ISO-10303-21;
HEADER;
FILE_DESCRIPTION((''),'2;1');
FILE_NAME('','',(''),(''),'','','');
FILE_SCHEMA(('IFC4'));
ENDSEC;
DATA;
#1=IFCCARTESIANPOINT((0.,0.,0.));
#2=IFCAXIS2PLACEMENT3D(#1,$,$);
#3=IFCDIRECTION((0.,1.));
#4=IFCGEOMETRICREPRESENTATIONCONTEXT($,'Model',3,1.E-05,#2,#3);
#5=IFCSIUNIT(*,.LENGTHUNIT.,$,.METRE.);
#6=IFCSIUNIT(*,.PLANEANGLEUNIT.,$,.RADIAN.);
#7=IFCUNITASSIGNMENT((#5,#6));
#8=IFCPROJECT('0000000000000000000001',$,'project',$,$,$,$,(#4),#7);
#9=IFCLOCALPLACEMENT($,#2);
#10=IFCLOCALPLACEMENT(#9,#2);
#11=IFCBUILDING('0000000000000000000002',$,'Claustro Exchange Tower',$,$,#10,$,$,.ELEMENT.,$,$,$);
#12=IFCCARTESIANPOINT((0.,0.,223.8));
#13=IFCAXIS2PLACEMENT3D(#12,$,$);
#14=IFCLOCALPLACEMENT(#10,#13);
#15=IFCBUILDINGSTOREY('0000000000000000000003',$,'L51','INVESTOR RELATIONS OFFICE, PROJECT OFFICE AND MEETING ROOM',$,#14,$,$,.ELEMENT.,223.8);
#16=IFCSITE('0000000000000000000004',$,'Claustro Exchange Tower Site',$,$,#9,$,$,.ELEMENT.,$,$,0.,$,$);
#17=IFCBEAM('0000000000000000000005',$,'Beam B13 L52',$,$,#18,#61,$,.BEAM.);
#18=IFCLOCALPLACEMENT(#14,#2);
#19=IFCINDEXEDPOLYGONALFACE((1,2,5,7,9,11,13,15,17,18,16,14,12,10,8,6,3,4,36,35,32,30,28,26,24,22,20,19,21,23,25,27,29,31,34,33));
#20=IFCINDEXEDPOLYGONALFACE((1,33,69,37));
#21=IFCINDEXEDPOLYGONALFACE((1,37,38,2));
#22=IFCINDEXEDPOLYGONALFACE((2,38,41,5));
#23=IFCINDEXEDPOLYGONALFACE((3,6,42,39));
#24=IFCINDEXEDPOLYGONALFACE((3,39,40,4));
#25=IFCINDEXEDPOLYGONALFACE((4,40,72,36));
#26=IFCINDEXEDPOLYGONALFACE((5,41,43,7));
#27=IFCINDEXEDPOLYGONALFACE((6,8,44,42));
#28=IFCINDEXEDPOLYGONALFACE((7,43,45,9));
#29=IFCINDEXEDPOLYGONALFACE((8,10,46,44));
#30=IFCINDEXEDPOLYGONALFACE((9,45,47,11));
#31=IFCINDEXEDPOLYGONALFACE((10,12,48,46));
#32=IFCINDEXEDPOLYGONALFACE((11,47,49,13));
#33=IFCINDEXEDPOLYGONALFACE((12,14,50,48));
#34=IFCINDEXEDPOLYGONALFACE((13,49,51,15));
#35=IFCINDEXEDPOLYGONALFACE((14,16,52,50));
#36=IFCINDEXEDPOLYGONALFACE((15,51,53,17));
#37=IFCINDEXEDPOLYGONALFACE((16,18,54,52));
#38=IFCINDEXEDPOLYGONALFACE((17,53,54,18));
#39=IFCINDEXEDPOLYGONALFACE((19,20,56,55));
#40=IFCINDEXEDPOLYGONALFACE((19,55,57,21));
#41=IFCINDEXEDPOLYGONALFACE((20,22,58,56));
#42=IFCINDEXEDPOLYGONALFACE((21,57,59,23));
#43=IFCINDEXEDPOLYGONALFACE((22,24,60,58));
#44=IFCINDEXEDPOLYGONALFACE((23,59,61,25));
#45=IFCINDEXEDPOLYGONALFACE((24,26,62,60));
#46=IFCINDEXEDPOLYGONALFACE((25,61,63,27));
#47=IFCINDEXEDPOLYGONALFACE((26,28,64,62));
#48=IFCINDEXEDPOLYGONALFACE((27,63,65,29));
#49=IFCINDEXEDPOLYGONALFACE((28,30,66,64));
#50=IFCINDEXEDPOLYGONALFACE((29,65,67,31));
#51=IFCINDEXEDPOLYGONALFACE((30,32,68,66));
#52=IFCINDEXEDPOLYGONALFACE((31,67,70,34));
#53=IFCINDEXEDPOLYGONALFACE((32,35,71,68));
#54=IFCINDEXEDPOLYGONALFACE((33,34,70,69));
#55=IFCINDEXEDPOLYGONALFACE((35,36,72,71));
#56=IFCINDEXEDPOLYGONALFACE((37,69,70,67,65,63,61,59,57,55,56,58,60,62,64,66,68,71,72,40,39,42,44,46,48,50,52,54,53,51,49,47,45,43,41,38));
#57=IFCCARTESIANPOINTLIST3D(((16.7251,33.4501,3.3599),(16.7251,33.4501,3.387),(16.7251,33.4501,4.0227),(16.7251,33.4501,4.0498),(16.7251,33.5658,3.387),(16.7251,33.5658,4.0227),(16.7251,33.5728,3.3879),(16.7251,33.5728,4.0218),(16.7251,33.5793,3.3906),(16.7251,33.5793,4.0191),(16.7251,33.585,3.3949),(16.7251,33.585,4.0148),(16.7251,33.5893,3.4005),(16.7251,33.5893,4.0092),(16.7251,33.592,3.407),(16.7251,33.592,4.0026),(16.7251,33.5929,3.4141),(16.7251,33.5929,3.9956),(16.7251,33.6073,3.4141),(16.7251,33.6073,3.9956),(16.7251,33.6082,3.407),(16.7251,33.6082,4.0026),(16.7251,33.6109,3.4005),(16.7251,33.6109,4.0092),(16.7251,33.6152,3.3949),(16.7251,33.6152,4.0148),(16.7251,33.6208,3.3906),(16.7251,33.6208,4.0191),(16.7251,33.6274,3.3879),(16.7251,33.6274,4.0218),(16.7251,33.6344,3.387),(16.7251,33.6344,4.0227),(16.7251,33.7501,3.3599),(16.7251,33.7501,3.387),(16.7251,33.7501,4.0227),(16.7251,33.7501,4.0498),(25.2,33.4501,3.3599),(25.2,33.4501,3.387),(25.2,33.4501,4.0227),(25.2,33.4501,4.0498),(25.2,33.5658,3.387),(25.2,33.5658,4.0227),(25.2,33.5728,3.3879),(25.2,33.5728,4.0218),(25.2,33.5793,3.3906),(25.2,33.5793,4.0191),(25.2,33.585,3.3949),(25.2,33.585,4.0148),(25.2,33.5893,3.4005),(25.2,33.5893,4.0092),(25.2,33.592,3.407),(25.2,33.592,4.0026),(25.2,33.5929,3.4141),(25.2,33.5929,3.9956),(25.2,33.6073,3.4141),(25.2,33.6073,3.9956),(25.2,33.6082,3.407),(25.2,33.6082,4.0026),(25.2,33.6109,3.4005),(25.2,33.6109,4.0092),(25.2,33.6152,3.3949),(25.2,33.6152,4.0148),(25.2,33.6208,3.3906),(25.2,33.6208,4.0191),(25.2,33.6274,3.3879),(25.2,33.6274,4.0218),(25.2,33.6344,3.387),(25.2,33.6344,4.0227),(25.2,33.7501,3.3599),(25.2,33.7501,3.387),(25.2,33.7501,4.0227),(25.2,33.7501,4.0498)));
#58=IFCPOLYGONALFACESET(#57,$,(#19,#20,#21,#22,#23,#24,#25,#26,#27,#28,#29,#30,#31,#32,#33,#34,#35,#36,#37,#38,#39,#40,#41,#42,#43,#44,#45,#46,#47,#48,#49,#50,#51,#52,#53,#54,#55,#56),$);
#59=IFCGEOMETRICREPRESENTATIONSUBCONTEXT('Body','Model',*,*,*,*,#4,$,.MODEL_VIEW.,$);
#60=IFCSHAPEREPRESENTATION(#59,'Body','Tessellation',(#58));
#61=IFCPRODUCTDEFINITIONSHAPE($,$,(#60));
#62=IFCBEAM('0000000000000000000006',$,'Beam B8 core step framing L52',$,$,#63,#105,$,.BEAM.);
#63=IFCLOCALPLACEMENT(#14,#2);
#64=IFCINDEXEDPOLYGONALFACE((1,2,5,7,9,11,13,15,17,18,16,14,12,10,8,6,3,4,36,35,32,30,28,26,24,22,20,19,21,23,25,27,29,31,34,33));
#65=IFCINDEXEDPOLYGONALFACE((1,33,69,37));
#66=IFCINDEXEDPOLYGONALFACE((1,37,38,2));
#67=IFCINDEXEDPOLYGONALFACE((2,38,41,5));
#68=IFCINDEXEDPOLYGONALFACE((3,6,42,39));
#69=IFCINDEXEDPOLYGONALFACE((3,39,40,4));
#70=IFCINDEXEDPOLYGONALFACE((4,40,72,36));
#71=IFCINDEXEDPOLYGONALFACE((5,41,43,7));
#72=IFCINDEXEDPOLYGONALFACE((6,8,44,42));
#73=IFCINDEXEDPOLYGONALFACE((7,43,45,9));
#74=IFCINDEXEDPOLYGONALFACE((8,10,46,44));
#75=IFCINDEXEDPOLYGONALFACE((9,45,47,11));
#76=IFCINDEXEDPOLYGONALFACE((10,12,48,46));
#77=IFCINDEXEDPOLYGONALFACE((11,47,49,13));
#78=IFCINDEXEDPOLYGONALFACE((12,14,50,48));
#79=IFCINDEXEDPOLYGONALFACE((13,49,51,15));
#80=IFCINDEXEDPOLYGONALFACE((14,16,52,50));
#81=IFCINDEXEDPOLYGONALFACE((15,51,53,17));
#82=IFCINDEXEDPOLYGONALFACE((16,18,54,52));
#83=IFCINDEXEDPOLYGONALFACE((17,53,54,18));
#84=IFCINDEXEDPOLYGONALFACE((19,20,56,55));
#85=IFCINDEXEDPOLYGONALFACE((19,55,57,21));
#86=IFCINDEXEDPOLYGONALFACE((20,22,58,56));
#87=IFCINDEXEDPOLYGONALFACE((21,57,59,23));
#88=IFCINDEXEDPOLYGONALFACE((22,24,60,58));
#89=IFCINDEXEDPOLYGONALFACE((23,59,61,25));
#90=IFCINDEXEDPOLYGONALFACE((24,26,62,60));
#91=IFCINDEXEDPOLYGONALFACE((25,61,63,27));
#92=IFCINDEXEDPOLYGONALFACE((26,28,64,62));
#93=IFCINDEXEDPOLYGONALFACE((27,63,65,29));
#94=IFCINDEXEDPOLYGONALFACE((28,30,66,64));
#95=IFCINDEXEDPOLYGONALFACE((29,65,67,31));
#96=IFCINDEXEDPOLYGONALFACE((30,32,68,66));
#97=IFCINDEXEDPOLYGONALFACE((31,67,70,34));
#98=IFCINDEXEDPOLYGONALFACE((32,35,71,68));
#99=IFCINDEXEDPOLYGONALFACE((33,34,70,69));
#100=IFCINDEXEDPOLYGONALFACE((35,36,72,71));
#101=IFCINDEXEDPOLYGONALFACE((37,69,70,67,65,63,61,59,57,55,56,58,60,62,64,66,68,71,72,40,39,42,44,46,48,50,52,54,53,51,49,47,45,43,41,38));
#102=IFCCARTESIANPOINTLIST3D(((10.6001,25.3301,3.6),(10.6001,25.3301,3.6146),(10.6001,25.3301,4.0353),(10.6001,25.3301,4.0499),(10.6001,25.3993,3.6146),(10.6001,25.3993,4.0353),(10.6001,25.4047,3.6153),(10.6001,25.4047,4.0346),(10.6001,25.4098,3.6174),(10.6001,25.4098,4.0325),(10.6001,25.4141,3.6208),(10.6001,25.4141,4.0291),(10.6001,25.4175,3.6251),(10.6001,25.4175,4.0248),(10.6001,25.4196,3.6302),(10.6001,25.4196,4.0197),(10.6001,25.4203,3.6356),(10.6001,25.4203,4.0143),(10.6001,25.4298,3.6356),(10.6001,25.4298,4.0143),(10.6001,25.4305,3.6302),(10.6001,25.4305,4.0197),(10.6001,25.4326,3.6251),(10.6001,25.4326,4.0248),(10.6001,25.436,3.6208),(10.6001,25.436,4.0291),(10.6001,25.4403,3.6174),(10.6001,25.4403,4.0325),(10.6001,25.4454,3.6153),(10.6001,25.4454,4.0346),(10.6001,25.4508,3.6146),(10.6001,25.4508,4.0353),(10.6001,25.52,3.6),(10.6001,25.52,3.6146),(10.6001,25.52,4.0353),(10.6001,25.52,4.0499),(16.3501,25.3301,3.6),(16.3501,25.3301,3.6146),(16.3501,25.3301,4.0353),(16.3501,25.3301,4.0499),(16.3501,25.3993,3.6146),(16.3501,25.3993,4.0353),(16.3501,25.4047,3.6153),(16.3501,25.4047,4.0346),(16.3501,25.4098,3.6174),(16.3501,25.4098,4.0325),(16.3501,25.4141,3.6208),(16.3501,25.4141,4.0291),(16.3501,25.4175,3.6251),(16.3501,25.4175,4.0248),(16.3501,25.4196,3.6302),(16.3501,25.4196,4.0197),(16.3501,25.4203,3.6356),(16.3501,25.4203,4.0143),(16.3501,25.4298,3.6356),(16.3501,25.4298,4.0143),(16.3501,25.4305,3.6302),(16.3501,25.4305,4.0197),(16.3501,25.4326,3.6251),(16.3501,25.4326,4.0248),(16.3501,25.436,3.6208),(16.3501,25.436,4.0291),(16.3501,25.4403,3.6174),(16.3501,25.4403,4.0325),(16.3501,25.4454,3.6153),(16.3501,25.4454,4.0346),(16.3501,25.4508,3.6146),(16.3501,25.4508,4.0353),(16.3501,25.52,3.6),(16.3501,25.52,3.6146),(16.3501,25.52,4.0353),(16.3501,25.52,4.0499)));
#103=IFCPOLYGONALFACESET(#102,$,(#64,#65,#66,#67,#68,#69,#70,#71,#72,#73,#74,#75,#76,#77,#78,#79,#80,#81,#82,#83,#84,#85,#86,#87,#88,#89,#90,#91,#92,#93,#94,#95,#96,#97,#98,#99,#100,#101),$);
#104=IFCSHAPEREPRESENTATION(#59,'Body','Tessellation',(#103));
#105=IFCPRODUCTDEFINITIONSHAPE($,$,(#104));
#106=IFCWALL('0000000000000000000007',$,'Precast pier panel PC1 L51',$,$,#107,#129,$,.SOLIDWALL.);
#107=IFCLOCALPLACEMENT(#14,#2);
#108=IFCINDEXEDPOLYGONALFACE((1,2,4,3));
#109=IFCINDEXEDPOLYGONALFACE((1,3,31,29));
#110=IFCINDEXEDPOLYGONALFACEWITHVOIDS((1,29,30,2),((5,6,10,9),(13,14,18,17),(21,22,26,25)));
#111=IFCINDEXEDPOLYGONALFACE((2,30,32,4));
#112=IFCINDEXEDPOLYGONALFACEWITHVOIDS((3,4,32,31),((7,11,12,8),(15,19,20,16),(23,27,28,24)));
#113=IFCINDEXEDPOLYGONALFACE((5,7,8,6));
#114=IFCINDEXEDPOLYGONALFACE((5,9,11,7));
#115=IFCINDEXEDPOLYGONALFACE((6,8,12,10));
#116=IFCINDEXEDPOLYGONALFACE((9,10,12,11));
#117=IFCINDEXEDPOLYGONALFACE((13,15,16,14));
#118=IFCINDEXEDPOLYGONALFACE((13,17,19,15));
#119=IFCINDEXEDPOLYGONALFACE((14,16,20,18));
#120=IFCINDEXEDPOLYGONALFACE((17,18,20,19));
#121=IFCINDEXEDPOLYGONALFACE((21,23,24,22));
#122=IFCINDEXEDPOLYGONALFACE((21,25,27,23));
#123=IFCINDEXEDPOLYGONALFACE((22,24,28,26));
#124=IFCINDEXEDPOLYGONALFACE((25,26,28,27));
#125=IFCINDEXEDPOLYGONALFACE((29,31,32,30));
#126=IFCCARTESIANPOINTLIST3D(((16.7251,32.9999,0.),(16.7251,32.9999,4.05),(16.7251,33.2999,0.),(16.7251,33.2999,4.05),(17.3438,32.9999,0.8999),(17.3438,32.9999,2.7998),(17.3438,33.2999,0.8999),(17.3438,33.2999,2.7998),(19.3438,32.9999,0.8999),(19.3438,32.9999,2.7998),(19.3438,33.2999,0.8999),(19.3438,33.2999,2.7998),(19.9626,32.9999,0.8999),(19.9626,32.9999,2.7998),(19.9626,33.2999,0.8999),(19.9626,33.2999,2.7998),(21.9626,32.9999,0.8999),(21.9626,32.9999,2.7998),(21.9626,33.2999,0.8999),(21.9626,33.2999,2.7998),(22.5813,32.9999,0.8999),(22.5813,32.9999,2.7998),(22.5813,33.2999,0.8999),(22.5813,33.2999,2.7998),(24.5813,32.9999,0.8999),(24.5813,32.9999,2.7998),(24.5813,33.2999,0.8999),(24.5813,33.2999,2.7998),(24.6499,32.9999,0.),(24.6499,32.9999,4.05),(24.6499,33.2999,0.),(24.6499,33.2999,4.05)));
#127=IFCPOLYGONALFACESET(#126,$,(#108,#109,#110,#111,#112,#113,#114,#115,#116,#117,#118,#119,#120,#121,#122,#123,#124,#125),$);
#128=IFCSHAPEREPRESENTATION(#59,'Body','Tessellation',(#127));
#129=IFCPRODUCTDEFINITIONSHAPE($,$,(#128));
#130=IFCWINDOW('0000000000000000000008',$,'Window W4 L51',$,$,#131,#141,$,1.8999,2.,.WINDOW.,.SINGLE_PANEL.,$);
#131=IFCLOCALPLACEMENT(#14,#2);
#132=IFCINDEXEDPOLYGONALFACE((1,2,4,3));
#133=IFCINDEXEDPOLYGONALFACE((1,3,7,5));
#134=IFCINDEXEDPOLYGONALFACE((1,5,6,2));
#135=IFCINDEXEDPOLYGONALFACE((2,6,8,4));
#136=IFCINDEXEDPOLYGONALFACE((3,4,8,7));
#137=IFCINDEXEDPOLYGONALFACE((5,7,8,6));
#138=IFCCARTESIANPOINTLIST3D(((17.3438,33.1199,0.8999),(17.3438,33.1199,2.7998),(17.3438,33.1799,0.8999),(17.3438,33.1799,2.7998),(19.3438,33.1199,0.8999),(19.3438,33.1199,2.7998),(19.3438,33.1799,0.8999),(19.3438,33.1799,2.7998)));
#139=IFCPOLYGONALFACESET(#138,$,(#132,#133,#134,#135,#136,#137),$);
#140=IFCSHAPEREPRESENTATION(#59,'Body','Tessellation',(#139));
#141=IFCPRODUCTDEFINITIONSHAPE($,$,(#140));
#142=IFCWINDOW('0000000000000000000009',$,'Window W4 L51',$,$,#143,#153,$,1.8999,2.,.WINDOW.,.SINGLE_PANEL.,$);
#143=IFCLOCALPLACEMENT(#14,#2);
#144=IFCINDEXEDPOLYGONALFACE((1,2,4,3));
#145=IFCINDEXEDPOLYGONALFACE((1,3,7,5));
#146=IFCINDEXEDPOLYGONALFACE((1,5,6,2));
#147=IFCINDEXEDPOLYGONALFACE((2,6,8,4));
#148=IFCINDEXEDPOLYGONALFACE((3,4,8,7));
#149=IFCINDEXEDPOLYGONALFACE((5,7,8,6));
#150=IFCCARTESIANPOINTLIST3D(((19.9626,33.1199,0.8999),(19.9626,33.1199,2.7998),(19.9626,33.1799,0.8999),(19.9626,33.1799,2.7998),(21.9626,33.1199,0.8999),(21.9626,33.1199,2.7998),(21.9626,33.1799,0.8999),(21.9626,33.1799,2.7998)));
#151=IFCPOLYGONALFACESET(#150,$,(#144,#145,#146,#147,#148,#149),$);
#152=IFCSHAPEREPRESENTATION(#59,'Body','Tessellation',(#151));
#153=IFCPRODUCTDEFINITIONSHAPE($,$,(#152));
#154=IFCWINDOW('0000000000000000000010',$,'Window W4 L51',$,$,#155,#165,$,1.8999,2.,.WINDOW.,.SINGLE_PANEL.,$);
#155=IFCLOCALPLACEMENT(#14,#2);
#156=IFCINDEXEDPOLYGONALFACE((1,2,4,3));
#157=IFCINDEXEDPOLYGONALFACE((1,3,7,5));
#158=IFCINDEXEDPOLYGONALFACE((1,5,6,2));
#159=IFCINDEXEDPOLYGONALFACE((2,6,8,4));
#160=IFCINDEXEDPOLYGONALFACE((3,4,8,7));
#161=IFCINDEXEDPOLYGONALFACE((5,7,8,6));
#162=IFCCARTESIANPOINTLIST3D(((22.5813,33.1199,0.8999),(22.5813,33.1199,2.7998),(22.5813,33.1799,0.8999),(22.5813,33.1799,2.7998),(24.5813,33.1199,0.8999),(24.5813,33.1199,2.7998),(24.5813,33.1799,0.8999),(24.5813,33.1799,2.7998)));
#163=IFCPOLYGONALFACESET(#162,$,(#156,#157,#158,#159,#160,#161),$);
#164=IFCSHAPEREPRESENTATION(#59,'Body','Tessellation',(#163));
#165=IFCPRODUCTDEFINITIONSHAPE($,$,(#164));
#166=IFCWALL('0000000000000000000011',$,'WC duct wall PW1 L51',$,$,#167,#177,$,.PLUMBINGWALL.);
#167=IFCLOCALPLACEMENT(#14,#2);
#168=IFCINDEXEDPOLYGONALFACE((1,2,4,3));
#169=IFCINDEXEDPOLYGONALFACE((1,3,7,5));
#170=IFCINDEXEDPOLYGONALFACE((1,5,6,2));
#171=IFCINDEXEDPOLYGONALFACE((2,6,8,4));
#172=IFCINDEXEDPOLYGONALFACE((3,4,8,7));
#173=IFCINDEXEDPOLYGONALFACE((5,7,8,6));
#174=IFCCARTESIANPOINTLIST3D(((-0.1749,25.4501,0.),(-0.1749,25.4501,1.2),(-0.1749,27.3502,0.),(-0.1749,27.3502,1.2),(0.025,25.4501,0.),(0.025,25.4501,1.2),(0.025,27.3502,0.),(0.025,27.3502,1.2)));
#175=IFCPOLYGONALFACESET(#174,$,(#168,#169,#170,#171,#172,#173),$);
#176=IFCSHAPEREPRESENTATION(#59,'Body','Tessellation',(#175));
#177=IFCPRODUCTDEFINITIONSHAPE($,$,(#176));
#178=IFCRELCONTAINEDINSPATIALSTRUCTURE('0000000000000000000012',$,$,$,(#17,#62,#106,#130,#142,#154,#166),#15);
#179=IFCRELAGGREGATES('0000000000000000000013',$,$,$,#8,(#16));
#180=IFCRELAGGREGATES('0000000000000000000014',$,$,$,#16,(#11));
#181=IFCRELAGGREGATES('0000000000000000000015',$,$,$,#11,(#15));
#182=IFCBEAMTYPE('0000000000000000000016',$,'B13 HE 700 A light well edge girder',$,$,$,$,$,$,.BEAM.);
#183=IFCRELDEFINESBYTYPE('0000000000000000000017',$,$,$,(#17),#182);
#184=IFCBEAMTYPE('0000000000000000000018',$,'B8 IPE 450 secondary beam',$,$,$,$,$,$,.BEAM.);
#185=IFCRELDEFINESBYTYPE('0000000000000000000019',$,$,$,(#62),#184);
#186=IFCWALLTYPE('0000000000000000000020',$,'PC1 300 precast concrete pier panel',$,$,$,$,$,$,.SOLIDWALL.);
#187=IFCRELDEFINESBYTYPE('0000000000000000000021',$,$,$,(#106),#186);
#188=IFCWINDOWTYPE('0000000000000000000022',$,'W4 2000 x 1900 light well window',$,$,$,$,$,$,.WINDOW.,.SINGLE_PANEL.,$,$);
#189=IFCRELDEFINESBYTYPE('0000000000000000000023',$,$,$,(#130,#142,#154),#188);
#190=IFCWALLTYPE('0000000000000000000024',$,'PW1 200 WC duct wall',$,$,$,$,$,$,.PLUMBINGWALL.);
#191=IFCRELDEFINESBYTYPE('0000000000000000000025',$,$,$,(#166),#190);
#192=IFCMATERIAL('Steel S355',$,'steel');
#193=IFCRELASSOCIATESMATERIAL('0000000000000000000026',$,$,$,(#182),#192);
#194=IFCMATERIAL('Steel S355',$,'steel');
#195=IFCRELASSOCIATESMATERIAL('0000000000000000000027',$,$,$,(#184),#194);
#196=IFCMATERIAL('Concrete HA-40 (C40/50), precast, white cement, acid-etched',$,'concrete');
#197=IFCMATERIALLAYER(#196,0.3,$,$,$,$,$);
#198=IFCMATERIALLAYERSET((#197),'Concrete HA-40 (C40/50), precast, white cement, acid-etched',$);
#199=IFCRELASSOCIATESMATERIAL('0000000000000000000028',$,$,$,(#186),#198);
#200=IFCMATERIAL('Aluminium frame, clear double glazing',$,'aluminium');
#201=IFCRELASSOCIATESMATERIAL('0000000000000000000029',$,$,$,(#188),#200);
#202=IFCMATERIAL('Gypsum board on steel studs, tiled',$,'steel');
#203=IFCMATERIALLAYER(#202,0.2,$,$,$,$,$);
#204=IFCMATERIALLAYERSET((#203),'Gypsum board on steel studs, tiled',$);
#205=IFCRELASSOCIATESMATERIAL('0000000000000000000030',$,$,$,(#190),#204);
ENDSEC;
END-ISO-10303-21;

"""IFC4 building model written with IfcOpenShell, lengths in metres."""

from ifc_helpers import new_model, si_unit, direction, frame, frame_2d, origin, origin_2d, place, context, subcontext, project, spatial, rectangle, i_section, extrude, material, layer, layer_set, material_profile, profile_set, type_object, element, fill, save


model = new_model("IFC4")

# Units and contexts
model_context = context("Model", 3, precision=1e-05, world=origin(), true_north=direction((0.0, 1.0)))
body_context = subcontext(model_context, "Body", "Model", "MODEL_VIEW")
ifc_project = project(units=[si_unit("LENGTHUNIT", "METRE"), si_unit("PLANEANGLEUNIT", "RADIAN")], contexts=[model_context])

# Site, building, storey
site_placement = place(None, origin())
site = spatial("IfcSite", under=ifc_project, at=site_placement, Name="Claustro Exchange Tower Site", CompositionType="ELEMENT", RefElevation=0.0)
building_placement = place(site_placement, origin())
building = spatial("IfcBuilding", under=site, at=building_placement, Name="Claustro Exchange Tower", CompositionType="ELEMENT")
storey_placement = place(building_placement, frame((0.0, 0.0, 223.8)))
storey = spatial("IfcBuildingStorey", under=building, at=storey_placement, Name="L51", Description="INVESTOR RELATIONS OFFICE, PROJECT OFFICE AND MEETING ROOM", CompositionType="ELEMENT", Elevation=223.8)

# Beams
ifc_material_1 = material(Name="Steel S355", Category="steel")
ifc_material_profile_1 = material_profile(ifc_material_1, i_section(OverallWidth=0.3, OverallDepth=0.6899, WebThickness=0.0144, FlangeThickness=0.0271, FilletRadius=0.0271, at=origin_2d()), Name="HE 700 A")
ifc_profile_set_1 = profile_set([ifc_material_profile_1], Name="Steel S355")
beam_type_1 = type_object("IfcBeamType", Name="B13 HE 700 A light well edge girder", PredefinedType="BEAM", material=ifc_profile_set_1)
beam_1_placement = place(storey_placement, frame((16.7251, 33.6001, 3.7048), z_axis=(1.0, 0.0, 0.0), x_axis=(0.0, 1.0, 0.0)))
element("IfcBeam", 1, at=beam_1_placement, inside=storey, type_object=beam_type_1, Name="Beam B13 L52", PredefinedType="BEAM", context=body_context, shape_type="SweptSolid", body=[
    extrude(i_section(OverallWidth=0.3, OverallDepth=0.6899, WebThickness=0.0144, FlangeThickness=0.0271, FilletRadius=0.0271, at=origin_2d()), origin(), (0.0, 0.0, 1.0), 8.4749),
])
ifc_material_2 = material(Name="Steel S355", Category="steel")
ifc_material_profile_2 = material_profile(ifc_material_2, i_section(OverallWidth=0.1899, OverallDepth=0.45, WebThickness=0.0095, FlangeThickness=0.0146, FilletRadius=0.021, at=origin_2d()), Name="IPE 450")
ifc_profile_set_2 = profile_set([ifc_material_profile_2], Name="Steel S355")
beam_type_2 = type_object("IfcBeamType", Name="B8 IPE 450 secondary beam", PredefinedType="BEAM", material=ifc_profile_set_2)
beam_2_placement = place(storey_placement, frame((10.6001, 25.425, 3.825), z_axis=(1.0, 0.0, 0.0), x_axis=(0.0, 1.0, 0.0)))
element("IfcBeam", 2, at=beam_2_placement, inside=storey, type_object=beam_type_2, Name="Beam B8 core step framing L52", PredefinedType="BEAM", context=body_context, shape_type="SweptSolid", body=[
    extrude(i_section(OverallWidth=0.1899, OverallDepth=0.45, WebThickness=0.0095, FlangeThickness=0.0146, FilletRadius=0.021, at=origin_2d()), origin(), (0.0, 0.0, 1.0), 5.75),
])

# Wall, openings, windows
ifc_material_3 = material(Name="Concrete HA-40 (C40/50), precast, white cement, acid-etched", Category="concrete")
ifc_layer_1 = layer(ifc_material_3, 0.3)
ifc_layer_set_1 = layer_set([ifc_layer_1], Name="Concrete HA-40 (C40/50), precast, white cement, acid-etched")
wall_type_1 = type_object("IfcWallType", Name="PC1 300 precast concrete pier panel", PredefinedType="SOLIDWALL", material=ifc_layer_set_1)
wall_1_placement = place(storey_placement, frame((16.7251, 33.1499, 0.0), z_axis=(0.0, 0.0, 1.0), x_axis=(1.0, 0.0, 0.0)))
wall_1 = element("IfcWall", 3, at=wall_1_placement, inside=storey, type_object=wall_type_1, Name="Precast pier panel PC1 L51", PredefinedType="SOLIDWALL", context=body_context, shape_type="SweptSolid", body=[
    extrude(rectangle(XDim=7.9248, YDim=0.3, at=frame_2d((3.9624, 0.0))), origin(), (0.0, 0.0, 1.0), 4.05),
])
opening_1_placement = place(wall_1_placement, frame((0.6187, 0.0, 0.8999)))
opening_1 = element("IfcOpeningElement", 4, at=opening_1_placement, cuts=wall_1, PredefinedType="OPENING", context=body_context, shape_type="SweptSolid", body=[
    extrude(rectangle(XDim=2.0, YDim=1.8999, at=frame_2d((1.0, 0.95))), frame((0.0, 0.1599, 0.0), z_axis=(0.0, -1.0, 0.0), x_axis=(1.0, 0.0, 0.0)), (0.0, 0.0, 1.0), 0.3201),
])
opening_2_placement = place(wall_1_placement, frame((3.2375, 0.0, 0.8999)))
opening_2 = element("IfcOpeningElement", 5, at=opening_2_placement, cuts=wall_1, PredefinedType="OPENING", context=body_context, shape_type="SweptSolid", body=[
    extrude(rectangle(XDim=2.0, YDim=1.8999, at=frame_2d((1.0, 0.95))), frame((0.0, 0.1599, 0.0), z_axis=(0.0, -1.0, 0.0), x_axis=(1.0, 0.0, 0.0)), (0.0, 0.0, 1.0), 0.3201),
])
opening_3_placement = place(wall_1_placement, frame((5.8562, 0.0, 0.8999)))
opening_3 = element("IfcOpeningElement", 6, at=opening_3_placement, cuts=wall_1, PredefinedType="OPENING", context=body_context, shape_type="SweptSolid", body=[
    extrude(rectangle(XDim=2.0, YDim=1.8999, at=frame_2d((1.0, 0.95))), frame((0.0, 0.1599, 0.0), z_axis=(0.0, -1.0, 0.0), x_axis=(1.0, 0.0, 0.0)), (0.0, 0.0, 1.0), 0.3201),
])
ifc_material_4 = material(Name="Aluminium frame, clear double glazing", Category="aluminium")
window_type = type_object("IfcWindowType", Name="W4 2000 x 1900 light well window", PartitioningType="SINGLE_PANEL", PredefinedType="WINDOW", material=ifc_material_4)
window_1_placement = place(opening_1_placement, origin())
window_1 = element("IfcWindow", 7, at=window_1_placement, inside=storey, type_object=window_type, Name="Window W4 L51", OverallHeight=1.8999, OverallWidth=2.0, PartitioningType="SINGLE_PANEL", PredefinedType="WINDOW", context=body_context, shape_type="SweptSolid", body=[
    extrude(rectangle(XDim=2.0, YDim=1.8999, at=frame_2d((1.0, 0.95))), frame((0.0, 0.03, 0.0), z_axis=(0.0, -1.0, 0.0), x_axis=(1.0, 0.0, 0.0)), (0.0, 0.0, 1.0), 0.0601),
])
fill(opening_1, window_1)
window_2_placement = place(opening_2_placement, origin())
window_2 = element("IfcWindow", 8, at=window_2_placement, inside=storey, type_object=window_type, Name="Window W4 L51", OverallHeight=1.8999, OverallWidth=2.0, PartitioningType="SINGLE_PANEL", PredefinedType="WINDOW", context=body_context, shape_type="SweptSolid", body=[
    extrude(rectangle(XDim=2.0, YDim=1.8999, at=frame_2d((1.0, 0.95))), frame((0.0, 0.03, 0.0), z_axis=(0.0, -1.0, 0.0), x_axis=(1.0, 0.0, 0.0)), (0.0, 0.0, 1.0), 0.0601),
])
fill(opening_2, window_2)
window_3_placement = place(opening_3_placement, origin())
window_3 = element("IfcWindow", 9, at=window_3_placement, inside=storey, type_object=window_type, Name="Window W4 L51", OverallHeight=1.8999, OverallWidth=2.0, PartitioningType="SINGLE_PANEL", PredefinedType="WINDOW", context=body_context, shape_type="SweptSolid", body=[
    extrude(rectangle(XDim=2.0, YDim=1.8999, at=frame_2d((1.0, 0.95))), frame((0.0, 0.03, 0.0), z_axis=(0.0, -1.0, 0.0), x_axis=(1.0, 0.0, 0.0)), (0.0, 0.0, 1.0), 0.0601),
])
fill(opening_3, window_3)

# Wall
ifc_material_5 = material(Name="Gypsum board on steel studs, tiled", Category="steel")
ifc_layer_2 = layer(ifc_material_5, 0.2)
ifc_layer_set_2 = layer_set([ifc_layer_2], Name="Gypsum board on steel studs, tiled")
wall_type_2 = type_object("IfcWallType", Name="PW1 200 WC duct wall", PredefinedType="PLUMBINGWALL", material=ifc_layer_set_2)
wall_2_placement = place(storey_placement, frame((-0.075, 25.45, 0.0), z_axis=(0.0, 0.0, 1.0), x_axis=(0.0, 1.0, 0.0)))
element("IfcWall", 10, at=wall_2_placement, inside=storey, type_object=wall_type_2, Name="WC duct wall PW1 L51", PredefinedType="PLUMBINGWALL", context=body_context, shape_type="SweptSolid", body=[
    extrude(rectangle(XDim=1.9001, YDim=0.2, at=frame_2d((0.9502, 0.0))), origin(), (0.0, 0.0, 1.0), 1.2),
])

save(model, "model.ifc")
